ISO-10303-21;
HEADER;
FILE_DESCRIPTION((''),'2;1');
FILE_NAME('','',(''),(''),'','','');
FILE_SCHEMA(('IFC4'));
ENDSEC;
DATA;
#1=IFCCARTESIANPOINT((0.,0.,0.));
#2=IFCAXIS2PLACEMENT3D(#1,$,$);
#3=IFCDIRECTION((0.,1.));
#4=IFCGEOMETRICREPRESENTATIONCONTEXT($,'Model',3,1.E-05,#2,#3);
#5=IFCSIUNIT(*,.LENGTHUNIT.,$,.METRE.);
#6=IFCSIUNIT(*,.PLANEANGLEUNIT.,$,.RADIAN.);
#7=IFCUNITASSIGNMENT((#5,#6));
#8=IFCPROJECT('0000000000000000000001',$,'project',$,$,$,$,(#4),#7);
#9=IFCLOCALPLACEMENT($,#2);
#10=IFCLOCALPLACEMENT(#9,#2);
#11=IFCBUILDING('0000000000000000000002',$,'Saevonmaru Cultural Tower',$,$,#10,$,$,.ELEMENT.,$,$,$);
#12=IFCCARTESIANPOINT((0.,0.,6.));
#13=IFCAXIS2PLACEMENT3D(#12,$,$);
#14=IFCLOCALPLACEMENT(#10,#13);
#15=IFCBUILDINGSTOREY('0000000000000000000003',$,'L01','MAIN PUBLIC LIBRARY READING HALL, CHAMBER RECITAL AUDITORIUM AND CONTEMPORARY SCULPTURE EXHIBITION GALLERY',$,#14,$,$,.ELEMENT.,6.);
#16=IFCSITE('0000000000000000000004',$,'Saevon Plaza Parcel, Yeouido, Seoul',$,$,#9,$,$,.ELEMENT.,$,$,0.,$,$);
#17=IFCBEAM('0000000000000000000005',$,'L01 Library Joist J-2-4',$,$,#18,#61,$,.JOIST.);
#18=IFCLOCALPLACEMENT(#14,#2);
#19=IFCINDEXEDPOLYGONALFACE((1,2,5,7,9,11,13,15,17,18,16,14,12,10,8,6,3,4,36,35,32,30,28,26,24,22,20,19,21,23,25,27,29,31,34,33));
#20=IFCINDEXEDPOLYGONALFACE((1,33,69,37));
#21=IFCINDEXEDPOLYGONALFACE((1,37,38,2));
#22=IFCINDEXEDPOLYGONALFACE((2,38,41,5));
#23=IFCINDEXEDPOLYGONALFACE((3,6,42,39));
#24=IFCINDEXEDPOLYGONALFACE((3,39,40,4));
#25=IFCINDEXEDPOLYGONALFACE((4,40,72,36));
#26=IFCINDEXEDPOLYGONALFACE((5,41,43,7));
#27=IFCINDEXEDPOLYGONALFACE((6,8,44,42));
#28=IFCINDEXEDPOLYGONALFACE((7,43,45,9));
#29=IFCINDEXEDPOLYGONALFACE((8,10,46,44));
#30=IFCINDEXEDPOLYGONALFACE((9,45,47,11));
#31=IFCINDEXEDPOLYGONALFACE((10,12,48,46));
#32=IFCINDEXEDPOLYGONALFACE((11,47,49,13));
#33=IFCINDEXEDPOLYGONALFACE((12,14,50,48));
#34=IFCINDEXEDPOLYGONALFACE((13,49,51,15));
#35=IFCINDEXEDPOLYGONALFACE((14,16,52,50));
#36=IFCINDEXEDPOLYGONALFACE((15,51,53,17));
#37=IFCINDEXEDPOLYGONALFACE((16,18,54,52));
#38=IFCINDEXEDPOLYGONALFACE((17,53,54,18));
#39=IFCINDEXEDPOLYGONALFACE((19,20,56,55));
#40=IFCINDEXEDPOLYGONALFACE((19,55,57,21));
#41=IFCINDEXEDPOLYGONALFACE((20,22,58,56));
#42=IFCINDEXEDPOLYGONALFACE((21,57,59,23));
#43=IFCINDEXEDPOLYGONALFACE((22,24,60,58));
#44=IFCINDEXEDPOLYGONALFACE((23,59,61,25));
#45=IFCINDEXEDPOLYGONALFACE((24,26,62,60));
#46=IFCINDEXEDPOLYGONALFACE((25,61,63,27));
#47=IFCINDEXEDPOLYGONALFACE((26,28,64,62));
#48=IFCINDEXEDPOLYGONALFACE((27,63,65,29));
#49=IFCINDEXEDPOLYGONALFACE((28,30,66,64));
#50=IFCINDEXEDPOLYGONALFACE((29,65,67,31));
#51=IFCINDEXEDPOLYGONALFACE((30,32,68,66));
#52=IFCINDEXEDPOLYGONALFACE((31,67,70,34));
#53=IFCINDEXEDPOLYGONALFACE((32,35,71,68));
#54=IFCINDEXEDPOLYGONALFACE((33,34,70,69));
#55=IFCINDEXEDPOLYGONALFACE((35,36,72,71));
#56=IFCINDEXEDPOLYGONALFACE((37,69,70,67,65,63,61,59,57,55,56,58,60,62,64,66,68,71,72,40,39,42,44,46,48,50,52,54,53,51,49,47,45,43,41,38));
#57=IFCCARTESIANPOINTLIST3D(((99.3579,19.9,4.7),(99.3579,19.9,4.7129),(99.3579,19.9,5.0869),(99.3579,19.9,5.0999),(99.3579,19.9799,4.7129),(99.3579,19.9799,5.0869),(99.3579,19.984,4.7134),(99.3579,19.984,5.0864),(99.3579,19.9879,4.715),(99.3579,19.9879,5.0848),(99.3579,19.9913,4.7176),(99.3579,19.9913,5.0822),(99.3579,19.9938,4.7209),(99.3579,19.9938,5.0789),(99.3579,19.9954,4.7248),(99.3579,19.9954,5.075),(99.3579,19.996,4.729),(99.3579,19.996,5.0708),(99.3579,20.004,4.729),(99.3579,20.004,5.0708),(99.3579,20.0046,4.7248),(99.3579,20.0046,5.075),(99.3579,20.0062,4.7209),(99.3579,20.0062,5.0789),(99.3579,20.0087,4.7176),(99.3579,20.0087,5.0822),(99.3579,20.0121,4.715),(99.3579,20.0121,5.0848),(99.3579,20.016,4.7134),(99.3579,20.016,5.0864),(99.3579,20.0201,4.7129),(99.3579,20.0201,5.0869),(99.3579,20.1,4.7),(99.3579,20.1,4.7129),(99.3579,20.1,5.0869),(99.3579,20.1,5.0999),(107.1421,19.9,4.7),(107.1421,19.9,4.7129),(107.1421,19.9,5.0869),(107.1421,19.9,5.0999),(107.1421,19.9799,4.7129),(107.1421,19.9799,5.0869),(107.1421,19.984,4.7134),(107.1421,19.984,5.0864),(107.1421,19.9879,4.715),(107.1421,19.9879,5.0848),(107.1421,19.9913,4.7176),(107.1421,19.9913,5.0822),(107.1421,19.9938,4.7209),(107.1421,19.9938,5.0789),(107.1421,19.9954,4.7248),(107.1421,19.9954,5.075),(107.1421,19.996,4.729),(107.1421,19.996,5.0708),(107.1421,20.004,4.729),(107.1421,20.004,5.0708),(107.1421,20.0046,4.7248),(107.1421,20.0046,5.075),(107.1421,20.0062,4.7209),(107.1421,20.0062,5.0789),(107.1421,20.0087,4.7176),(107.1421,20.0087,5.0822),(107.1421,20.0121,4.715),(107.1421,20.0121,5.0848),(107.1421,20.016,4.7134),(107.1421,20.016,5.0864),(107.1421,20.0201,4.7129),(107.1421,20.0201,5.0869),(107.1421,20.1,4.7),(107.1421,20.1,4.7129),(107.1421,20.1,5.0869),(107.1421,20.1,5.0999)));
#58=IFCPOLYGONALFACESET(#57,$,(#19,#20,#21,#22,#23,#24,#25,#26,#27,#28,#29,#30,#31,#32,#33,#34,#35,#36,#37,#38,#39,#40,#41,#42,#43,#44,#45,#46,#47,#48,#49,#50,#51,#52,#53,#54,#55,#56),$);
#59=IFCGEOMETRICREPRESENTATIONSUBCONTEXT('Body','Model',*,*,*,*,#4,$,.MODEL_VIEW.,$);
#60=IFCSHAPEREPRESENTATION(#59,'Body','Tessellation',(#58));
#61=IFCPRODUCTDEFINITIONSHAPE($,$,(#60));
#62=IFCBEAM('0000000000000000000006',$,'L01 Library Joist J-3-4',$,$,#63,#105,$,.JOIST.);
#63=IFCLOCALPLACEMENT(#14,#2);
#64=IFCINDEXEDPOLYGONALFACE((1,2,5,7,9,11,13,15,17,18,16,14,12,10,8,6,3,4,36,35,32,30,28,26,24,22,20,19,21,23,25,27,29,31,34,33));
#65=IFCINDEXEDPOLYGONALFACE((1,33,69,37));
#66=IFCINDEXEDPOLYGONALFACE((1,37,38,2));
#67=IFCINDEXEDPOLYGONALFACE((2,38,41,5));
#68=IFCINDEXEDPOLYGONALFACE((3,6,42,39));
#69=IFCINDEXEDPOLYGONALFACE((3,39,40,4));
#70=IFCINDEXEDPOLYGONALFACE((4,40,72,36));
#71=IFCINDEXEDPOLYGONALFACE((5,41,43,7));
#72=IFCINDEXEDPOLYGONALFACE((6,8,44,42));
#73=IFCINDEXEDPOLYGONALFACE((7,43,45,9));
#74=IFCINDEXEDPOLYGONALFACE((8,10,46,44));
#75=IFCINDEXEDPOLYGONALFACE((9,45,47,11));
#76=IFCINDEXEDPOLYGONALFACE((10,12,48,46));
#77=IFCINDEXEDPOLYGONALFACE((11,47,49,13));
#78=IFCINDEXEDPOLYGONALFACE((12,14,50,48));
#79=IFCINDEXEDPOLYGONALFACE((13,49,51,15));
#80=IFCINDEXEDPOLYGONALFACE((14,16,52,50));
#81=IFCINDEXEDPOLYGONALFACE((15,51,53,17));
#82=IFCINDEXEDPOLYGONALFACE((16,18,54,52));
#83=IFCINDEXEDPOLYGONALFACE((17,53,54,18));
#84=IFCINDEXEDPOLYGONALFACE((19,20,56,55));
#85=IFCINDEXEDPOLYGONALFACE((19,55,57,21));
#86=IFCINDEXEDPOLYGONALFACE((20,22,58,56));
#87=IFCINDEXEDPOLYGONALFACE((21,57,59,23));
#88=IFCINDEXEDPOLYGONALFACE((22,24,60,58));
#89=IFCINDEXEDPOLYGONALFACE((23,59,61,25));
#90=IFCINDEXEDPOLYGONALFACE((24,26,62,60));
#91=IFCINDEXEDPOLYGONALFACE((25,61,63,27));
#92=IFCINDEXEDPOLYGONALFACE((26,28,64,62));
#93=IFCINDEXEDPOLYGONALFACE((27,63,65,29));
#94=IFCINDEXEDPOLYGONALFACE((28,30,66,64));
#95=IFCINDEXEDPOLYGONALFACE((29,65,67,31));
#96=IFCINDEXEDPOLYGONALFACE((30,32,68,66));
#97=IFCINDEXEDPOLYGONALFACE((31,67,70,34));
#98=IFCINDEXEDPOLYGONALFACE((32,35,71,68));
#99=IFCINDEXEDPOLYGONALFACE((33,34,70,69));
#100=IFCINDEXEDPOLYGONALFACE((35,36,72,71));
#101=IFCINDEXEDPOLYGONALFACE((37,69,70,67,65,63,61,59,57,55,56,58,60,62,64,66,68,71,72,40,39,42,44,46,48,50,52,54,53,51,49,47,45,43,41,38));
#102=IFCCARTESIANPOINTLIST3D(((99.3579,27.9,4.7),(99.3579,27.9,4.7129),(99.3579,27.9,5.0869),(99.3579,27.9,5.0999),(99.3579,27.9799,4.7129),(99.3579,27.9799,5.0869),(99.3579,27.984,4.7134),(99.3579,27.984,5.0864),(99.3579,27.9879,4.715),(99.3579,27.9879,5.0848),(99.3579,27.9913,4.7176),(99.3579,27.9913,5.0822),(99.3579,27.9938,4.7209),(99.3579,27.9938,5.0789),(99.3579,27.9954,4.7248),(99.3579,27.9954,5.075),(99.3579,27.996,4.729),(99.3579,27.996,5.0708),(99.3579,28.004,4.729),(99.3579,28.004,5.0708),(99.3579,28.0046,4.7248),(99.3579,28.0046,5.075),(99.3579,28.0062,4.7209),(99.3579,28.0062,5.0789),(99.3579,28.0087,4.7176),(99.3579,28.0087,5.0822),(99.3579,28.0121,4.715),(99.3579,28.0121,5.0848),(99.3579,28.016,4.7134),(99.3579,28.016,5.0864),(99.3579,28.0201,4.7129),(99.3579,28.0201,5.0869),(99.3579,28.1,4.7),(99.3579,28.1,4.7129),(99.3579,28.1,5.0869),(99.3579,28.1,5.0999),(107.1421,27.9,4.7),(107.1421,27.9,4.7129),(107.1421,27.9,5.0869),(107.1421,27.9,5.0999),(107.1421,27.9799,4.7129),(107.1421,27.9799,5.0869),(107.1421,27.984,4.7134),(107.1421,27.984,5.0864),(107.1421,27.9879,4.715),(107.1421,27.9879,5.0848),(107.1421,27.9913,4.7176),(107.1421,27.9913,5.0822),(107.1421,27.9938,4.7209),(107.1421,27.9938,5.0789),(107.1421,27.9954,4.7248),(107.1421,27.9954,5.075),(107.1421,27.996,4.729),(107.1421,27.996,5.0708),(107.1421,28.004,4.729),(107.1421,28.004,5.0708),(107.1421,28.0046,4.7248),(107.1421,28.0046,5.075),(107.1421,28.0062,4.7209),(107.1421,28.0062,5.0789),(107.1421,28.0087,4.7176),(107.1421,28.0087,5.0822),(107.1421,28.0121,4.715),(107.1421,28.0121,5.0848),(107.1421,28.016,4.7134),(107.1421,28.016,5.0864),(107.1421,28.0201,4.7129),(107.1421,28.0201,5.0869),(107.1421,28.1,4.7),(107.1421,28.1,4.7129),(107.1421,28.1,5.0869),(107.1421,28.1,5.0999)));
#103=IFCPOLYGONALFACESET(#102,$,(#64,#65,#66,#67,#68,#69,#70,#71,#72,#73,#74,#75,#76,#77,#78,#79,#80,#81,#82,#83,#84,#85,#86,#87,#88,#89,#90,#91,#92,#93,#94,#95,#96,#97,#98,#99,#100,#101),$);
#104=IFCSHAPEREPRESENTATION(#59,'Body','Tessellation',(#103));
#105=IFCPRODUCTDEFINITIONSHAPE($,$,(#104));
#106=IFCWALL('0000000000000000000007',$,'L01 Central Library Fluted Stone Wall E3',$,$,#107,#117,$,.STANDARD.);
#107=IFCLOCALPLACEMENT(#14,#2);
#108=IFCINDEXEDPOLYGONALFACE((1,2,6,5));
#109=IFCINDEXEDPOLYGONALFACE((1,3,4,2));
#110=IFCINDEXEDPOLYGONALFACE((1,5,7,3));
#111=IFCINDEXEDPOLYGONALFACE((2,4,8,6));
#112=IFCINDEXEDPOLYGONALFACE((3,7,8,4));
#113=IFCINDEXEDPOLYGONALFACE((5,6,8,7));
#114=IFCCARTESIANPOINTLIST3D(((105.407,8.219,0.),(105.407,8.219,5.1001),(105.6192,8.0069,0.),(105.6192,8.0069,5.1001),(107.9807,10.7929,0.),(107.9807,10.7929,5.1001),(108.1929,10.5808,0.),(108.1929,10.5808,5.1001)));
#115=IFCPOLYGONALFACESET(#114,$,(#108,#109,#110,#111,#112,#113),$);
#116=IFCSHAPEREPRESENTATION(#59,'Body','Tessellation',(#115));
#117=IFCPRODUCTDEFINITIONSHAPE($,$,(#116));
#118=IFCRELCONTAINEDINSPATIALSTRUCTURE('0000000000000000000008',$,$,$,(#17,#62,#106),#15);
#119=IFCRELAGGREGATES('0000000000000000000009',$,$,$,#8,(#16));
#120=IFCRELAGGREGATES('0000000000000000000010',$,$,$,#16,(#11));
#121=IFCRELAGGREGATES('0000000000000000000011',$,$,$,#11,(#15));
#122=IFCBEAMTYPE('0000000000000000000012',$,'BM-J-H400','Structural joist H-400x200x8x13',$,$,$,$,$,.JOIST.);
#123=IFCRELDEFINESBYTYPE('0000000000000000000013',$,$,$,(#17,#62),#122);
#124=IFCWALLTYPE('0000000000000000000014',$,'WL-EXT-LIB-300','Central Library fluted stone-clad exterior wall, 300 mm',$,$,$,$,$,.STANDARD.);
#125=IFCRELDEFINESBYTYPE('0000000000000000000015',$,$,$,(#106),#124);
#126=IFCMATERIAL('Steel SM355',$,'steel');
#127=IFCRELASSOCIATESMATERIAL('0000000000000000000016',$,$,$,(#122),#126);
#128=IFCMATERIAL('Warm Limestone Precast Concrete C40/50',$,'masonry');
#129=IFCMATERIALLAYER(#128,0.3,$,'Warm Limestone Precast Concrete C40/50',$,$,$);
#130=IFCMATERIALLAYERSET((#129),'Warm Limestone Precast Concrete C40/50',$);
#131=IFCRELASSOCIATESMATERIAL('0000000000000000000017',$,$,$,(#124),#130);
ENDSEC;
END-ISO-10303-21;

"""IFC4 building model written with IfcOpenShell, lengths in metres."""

from ifc_helpers import new_model, si_unit, direction, frame, frame_2d, origin, origin_2d, place, context, subcontext, project, spatial, rectangle, i_section, extrude, material, layer, layer_set, material_profile, profile_set, type_object, element, save


model = new_model("IFC4")

# Units and contexts
model_context = context("Model", 3, precision=1e-05, world=origin(), true_north=direction((0.0, 1.0)))
body_context = subcontext(model_context, "Body", "Model", "MODEL_VIEW")
ifc_project = project(units=[si_unit("LENGTHUNIT", "METRE"), si_unit("PLANEANGLEUNIT", "RADIAN")], contexts=[model_context])

# Site, building, storey
site_placement = place(None, origin())
site = spatial("IfcSite", under=ifc_project, at=site_placement, Name="Saevon Plaza Parcel, Yeouido, Seoul", CompositionType="ELEMENT", RefElevation=0.0)
building_placement = place(site_placement, origin())
building = spatial("IfcBuilding", under=site, at=building_placement, Name="Saevonmaru Cultural Tower", CompositionType="ELEMENT")
storey_placement = place(building_placement, frame((0.0, 0.0, 6.0)))
storey = spatial("IfcBuildingStorey", under=building, at=storey_placement, Name="L01", Description="MAIN PUBLIC LIBRARY READING HALL, CHAMBER RECITAL AUDITORIUM AND CONTEMPORARY SCULPTURE EXHIBITION GALLERY", CompositionType="ELEMENT", Elevation=6.0)

# Shared definitions
ifc_material_1 = material(Name="Steel SM355", Category="steel")

# Beams
ifc_material_profile_1 = material_profile(ifc_material_1, i_section(OverallWidth=0.2, OverallDepth=0.3999, WebThickness=0.0081, FlangeThickness=0.0129, FilletRadius=0.0161, at=origin_2d()), Name="H-400x200x8x13")
ifc_profile_set_1 = profile_set([ifc_material_profile_1], Name="Steel SM355")
beam_type_1 = type_object("IfcBeamType", Name="BM-J-H400", Description="Structural joist H-400x200x8x13", PredefinedType="JOIST", material=ifc_profile_set_1)
for number, where, z_axis, x_axis, name in (
    (1, (99.3579, 20.0, 4.8999), (1.0, 0.0, 0.0), (0.0, 1.0, 0.0), "L01 Library Joist J-2-4"),
    (2, (99.3579, 28.0, 4.8999), (1.0, 0.0, 0.0), (0.0, 1.0, 0.0), "L01 Library Joist J-3-4"),
):
    element("IfcBeam", number, at=place(storey_placement, frame(where, z_axis=z_axis, x_axis=x_axis)), inside=storey, type_object=beam_type_1, Name=name, PredefinedType="JOIST", context=body_context, shape_type="SweptSolid", body=[
        extrude(i_section(OverallWidth=0.2, OverallDepth=0.3999, WebThickness=0.0081, FlangeThickness=0.0129, FilletRadius=0.0161, at=origin_2d()), origin(), (0.0, 0.0, 1.0), 7.7842),
    ])

# Wall
ifc_material_2 = material(Name="Warm Limestone Precast Concrete C40/50", Category="masonry")
ifc_layer = layer(ifc_material_2, 0.3, Name="Warm Limestone Precast Concrete C40/50")
ifc_layer_set = layer_set([ifc_layer], Name="Warm Limestone Precast Concrete C40/50")
wall_type = type_object("IfcWallType", Name="WL-EXT-LIB-300", Description="Central Library fluted stone-clad exterior wall, 300 mm", PredefinedType="STANDARD", material=ifc_layer_set)
wall_1_placement = place(storey_placement, frame((105.5132, 8.113, 0.0), z_axis=(0.0, 0.0, 1.0), x_axis=(0.707073, 0.70714, 0.0)))
element("IfcWall", 3, at=wall_1_placement, inside=storey, type_object=wall_type, Name="L01 Central Library Fluted Stone Wall E3", PredefinedType="STANDARD", context=body_context, shape_type="SweptSolid", body=[
    extrude(rectangle(XDim=3.6399, YDim=0.3, at=frame_2d((1.8198, 0.0))), origin(), (0.0, 0.0, 1.0), 5.1001),
])

save(model, "model.ifc")
